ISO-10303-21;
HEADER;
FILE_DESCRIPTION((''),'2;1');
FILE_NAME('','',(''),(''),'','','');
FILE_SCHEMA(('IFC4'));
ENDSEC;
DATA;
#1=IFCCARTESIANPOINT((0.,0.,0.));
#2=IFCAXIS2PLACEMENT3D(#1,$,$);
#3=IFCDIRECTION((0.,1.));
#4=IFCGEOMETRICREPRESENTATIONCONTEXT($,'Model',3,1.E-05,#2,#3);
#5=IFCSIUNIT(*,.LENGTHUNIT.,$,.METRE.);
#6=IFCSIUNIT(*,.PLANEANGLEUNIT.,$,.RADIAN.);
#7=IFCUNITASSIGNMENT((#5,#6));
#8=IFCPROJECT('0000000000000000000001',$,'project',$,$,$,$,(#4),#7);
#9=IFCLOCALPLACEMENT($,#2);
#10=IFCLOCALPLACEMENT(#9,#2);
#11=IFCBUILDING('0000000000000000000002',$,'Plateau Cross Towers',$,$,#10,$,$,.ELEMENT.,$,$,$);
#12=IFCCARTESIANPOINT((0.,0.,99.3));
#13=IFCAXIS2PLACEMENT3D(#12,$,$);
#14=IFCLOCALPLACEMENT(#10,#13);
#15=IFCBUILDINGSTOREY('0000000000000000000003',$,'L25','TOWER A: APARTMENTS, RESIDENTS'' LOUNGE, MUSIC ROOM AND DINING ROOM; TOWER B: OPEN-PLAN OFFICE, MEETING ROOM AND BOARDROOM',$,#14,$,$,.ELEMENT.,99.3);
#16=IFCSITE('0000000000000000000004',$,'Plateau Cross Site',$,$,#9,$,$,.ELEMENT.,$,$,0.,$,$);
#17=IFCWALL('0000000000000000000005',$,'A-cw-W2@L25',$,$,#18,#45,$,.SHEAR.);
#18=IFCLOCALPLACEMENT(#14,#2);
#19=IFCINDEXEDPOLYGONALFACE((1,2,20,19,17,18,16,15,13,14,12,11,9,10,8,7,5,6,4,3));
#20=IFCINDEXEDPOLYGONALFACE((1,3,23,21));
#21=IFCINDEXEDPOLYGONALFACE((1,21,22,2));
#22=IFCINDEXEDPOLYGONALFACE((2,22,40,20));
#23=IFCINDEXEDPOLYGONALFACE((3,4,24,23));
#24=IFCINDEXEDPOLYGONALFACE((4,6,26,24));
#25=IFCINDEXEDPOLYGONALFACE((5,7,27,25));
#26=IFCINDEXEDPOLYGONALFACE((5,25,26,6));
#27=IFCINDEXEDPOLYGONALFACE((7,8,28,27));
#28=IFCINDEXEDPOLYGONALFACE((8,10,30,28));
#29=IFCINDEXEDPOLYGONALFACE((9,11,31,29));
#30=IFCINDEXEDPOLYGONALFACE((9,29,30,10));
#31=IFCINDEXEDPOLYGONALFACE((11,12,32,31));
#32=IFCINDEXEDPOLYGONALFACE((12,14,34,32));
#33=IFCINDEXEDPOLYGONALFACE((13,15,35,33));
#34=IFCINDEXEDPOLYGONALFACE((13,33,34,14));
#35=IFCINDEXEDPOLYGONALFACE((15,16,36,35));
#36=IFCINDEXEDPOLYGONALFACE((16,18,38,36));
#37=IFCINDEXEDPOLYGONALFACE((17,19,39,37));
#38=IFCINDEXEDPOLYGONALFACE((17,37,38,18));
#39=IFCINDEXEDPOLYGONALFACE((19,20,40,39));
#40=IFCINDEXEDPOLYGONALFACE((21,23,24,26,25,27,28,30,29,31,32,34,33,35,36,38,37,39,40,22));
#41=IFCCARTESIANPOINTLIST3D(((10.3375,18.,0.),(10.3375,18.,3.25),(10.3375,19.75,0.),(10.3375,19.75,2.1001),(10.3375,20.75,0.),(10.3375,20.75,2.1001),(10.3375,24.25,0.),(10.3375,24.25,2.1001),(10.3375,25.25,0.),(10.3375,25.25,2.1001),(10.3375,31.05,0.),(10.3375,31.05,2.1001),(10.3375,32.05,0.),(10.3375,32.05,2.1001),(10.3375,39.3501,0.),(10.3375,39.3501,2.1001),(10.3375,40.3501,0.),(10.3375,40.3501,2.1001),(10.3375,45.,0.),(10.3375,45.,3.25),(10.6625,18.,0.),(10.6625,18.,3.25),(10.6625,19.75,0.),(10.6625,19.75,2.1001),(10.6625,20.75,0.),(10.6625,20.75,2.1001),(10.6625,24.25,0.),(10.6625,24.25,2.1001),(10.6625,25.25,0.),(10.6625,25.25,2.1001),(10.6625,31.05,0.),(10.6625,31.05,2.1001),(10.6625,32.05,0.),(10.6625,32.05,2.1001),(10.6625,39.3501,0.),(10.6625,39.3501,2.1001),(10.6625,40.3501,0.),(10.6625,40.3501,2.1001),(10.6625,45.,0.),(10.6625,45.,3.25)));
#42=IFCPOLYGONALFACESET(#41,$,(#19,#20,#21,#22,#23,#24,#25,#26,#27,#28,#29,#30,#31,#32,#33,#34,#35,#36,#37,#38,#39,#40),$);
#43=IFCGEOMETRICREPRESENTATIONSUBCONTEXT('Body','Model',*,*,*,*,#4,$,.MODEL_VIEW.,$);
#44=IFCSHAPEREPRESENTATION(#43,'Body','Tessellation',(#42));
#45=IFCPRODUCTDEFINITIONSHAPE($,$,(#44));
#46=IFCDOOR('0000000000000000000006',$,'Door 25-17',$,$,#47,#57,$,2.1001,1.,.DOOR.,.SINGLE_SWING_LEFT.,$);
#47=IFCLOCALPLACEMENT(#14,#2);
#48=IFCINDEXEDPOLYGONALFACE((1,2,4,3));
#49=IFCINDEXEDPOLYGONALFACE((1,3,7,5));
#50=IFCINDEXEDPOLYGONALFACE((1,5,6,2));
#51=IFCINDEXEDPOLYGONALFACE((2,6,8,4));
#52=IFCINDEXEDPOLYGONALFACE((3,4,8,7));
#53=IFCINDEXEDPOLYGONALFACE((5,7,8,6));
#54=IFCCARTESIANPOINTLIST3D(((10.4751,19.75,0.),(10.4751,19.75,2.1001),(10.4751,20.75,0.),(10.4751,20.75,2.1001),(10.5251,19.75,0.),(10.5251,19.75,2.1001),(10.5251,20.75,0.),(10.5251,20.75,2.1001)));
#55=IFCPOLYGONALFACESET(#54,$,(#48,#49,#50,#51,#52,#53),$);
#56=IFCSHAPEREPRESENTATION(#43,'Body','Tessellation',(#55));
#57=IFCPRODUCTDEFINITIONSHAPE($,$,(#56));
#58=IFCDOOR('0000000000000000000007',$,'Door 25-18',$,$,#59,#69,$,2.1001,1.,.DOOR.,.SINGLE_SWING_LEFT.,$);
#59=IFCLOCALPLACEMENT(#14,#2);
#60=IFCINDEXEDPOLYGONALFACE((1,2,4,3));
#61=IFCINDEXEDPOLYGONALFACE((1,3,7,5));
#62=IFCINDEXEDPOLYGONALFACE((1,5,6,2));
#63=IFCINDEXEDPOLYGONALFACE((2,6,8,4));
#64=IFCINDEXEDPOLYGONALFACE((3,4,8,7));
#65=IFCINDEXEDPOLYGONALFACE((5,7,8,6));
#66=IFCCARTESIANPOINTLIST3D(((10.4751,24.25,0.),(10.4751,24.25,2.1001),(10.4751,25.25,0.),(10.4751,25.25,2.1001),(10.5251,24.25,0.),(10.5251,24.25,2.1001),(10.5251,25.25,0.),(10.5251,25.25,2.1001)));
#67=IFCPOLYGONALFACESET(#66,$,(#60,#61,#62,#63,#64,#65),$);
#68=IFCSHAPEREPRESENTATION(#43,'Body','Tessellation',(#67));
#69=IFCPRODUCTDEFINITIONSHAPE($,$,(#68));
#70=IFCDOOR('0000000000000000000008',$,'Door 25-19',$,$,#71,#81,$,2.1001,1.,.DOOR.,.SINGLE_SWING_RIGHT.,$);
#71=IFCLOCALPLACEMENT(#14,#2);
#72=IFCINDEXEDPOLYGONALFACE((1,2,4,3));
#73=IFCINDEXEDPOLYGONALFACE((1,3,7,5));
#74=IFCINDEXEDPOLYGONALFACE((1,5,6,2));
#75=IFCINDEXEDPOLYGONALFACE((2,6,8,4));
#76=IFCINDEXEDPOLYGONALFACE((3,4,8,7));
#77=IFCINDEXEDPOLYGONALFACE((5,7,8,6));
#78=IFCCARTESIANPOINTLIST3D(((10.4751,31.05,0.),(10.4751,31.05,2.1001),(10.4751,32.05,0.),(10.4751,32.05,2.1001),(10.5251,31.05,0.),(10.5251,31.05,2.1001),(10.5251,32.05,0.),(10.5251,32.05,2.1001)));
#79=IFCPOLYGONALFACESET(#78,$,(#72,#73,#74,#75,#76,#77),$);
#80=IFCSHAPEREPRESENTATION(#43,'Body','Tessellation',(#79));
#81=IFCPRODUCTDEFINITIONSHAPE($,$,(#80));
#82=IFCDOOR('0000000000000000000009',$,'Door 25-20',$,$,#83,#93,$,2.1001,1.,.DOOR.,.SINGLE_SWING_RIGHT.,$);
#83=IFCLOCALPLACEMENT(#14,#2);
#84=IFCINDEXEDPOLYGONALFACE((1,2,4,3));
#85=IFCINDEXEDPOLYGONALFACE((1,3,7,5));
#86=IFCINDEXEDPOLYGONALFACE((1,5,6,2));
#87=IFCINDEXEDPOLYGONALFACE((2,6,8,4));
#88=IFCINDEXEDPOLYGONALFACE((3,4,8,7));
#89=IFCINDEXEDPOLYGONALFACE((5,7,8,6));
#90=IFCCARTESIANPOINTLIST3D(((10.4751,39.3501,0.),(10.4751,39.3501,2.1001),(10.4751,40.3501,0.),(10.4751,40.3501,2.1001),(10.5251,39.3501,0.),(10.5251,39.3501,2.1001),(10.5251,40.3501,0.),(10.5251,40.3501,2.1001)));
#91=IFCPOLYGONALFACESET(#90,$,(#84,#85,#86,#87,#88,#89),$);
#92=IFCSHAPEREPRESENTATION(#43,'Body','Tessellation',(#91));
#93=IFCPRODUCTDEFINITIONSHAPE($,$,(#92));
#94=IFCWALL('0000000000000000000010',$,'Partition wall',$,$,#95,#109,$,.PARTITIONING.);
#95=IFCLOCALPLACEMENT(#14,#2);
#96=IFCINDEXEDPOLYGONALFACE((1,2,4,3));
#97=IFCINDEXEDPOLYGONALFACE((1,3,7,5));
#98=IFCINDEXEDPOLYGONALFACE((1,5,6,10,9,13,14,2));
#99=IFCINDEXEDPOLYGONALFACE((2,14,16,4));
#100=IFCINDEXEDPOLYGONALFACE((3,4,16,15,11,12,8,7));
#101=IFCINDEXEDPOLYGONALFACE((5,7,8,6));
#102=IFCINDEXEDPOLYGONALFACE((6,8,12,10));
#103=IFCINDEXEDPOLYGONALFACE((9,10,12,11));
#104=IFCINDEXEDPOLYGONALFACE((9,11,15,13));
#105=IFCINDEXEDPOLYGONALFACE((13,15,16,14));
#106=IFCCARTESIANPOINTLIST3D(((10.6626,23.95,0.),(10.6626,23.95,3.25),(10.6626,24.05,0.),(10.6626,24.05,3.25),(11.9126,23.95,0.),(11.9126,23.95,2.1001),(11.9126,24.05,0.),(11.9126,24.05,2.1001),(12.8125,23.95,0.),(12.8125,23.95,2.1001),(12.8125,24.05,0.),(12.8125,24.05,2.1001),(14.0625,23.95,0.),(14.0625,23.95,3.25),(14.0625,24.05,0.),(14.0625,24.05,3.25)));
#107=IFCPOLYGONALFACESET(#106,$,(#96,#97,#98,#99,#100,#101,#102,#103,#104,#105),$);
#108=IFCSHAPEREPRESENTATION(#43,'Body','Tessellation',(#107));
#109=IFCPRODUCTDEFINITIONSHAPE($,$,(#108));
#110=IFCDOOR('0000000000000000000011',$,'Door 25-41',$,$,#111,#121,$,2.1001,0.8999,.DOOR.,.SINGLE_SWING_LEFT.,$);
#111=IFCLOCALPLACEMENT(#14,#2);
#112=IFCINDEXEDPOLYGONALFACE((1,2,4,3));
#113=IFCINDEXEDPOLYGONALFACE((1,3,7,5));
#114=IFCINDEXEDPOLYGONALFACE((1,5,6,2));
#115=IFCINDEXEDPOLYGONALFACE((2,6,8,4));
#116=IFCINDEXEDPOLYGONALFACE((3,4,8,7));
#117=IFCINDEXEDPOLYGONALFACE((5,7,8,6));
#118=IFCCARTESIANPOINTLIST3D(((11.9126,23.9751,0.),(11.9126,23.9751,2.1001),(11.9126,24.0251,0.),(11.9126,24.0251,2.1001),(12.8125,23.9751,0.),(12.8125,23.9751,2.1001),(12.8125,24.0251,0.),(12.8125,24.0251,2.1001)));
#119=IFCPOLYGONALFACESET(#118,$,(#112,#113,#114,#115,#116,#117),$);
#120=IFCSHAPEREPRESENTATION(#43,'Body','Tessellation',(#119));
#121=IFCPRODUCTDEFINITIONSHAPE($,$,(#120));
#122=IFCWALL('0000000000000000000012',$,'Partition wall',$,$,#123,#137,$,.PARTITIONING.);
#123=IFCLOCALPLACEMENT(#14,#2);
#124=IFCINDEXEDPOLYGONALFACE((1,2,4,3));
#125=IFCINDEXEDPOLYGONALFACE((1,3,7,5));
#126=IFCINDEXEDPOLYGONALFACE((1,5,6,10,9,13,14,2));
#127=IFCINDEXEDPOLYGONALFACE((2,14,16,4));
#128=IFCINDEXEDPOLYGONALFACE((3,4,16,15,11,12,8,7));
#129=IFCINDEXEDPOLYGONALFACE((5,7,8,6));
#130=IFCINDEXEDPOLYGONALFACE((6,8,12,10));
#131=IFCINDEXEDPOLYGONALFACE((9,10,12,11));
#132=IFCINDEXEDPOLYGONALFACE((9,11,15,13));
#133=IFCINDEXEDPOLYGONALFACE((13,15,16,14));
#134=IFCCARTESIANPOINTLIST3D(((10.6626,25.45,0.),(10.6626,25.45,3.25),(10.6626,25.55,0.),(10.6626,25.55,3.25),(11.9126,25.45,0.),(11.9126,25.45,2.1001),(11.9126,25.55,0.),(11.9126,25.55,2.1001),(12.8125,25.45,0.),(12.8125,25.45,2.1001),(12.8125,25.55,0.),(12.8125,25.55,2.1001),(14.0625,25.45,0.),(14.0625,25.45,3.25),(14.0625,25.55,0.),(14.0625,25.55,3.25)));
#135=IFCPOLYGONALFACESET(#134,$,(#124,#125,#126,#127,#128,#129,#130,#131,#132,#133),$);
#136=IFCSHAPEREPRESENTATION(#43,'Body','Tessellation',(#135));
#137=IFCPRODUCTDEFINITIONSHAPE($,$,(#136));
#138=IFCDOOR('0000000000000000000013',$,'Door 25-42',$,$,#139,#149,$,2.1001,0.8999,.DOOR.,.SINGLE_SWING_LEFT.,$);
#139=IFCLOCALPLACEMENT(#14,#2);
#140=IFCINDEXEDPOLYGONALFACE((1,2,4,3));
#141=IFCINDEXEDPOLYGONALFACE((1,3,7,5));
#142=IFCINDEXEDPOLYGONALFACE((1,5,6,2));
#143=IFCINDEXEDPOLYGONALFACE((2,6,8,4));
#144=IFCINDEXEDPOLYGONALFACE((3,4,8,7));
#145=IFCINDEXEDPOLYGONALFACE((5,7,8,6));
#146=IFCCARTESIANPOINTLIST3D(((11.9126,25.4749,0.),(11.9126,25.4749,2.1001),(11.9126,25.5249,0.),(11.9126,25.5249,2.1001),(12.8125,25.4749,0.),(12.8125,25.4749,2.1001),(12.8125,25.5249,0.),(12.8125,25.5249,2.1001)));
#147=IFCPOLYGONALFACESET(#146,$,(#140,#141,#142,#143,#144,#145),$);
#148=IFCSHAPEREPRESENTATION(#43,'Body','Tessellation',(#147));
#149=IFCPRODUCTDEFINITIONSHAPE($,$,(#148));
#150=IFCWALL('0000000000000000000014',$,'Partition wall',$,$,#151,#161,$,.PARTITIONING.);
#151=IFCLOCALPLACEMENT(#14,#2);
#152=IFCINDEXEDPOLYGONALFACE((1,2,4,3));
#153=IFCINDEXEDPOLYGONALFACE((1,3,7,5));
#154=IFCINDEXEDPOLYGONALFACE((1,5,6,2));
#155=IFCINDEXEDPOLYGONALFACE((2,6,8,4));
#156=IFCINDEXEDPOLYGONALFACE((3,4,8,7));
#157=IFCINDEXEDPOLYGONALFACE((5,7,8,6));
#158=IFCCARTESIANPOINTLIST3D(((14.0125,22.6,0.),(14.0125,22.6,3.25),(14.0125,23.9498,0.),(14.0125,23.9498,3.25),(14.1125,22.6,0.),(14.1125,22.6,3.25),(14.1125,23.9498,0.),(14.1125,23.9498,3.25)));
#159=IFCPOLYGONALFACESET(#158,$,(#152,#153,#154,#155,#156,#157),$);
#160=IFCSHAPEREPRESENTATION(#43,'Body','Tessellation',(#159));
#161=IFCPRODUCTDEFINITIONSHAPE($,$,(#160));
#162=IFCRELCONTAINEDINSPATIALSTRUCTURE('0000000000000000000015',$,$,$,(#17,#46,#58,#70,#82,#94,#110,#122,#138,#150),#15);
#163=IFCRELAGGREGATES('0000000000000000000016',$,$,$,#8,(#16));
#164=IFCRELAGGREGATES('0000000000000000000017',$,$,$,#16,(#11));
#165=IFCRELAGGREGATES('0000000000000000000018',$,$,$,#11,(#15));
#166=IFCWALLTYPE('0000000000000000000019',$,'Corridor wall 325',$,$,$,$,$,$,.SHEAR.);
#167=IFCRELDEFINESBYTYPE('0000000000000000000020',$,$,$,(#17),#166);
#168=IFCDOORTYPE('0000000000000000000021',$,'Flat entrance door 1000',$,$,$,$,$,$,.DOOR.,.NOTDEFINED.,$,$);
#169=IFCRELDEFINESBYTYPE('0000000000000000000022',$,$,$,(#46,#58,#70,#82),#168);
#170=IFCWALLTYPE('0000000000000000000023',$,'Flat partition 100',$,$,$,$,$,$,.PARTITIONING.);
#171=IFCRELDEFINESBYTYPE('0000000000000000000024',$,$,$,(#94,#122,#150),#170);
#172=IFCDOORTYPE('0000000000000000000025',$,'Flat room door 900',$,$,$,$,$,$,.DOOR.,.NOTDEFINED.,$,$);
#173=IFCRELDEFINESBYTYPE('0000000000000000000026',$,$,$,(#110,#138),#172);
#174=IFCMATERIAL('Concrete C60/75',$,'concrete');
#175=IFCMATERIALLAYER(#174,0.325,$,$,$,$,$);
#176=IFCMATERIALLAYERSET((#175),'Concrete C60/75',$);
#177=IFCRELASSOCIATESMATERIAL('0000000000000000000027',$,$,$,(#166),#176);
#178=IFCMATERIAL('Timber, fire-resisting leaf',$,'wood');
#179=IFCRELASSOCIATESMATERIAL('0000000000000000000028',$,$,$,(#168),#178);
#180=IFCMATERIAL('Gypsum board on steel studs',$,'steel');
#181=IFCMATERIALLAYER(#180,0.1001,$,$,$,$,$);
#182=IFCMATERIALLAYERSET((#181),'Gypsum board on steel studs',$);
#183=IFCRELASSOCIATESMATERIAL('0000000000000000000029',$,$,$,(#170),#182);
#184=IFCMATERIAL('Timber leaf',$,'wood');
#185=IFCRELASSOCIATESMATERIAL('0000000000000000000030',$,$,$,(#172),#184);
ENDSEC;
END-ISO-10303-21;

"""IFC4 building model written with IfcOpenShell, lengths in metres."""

from ifc_helpers import new_model, si_unit, direction, frame, frame_2d, origin, place, context, subcontext, project, spatial, rectangle, extrude, material, layer, layer_set, type_object, element, fill, save


model = new_model("IFC4")

# Units and contexts
model_context = context("Model", 3, precision=1e-05, world=origin(), true_north=direction((0.0, 1.0)))
body_context = subcontext(model_context, "Body", "Model", "MODEL_VIEW")
ifc_project = project(units=[si_unit("LENGTHUNIT", "METRE"), si_unit("PLANEANGLEUNIT", "RADIAN")], contexts=[model_context])

# Site, building, storey
site_placement = place(None, origin())
site = spatial("IfcSite", under=ifc_project, at=site_placement, Name="Plateau Cross Site", CompositionType="ELEMENT", RefElevation=0.0)
building_placement = place(site_placement, origin())
building = spatial("IfcBuilding", under=site, at=building_placement, Name="Plateau Cross Towers", CompositionType="ELEMENT")
storey_placement = place(building_placement, frame((0.0, 0.0, 99.3)))
storey = spatial("IfcBuildingStorey", under=building, at=storey_placement, Name="L25", Description="TOWER A: APARTMENTS, RESIDENTS' LOUNGE, MUSIC ROOM AND DINING ROOM; TOWER B: OPEN-PLAN OFFICE, MEETING ROOM AND BOARDROOM", CompositionType="ELEMENT", Elevation=99.3)

# Shared definitions
ifc_material_1 = material(Name="Concrete C60/75", Category="concrete")

# Wall, openings, doors
ifc_layer_1 = layer(ifc_material_1, 0.325)
ifc_layer_set_1 = layer_set([ifc_layer_1], Name="Concrete C60/75")
wall_type_1 = type_object("IfcWallType", Name="Corridor wall 325", PredefinedType="SHEAR", material=ifc_layer_set_1)
wall_1_placement = place(storey_placement, frame((10.5, 18.0, 0.0), z_axis=(0.0, 0.0, 1.0), x_axis=(0.0, 1.0, 0.0)))
wall_1 = element("IfcWall", 1, at=wall_1_placement, inside=storey, type_object=wall_type_1, Name="A-cw-W2@L25", PredefinedType="SHEAR", context=body_context, shape_type="SweptSolid", body=[
    extrude(rectangle(XDim=27.0, YDim=0.325, at=frame_2d((13.5, 0.0))), origin(), (0.0, 0.0, 1.0), 3.25),
])
opening_1_placement = place(wall_1_placement, frame((1.75, 0.0, 0.0)))
opening_1 = element("IfcOpeningElement", 2, at=opening_1_placement, cuts=wall_1, PredefinedType="OPENING", context=body_context, shape_type="SweptSolid", body=[
    extrude(rectangle(XDim=1.0, YDim=2.1001, at=frame_2d((0.5, 1.05))), frame((0.0, 0.1724, 0.0), z_axis=(0.0, -1.0, 0.0), x_axis=(1.0, 0.0, 0.0)), (0.0, 0.0, 1.0), 0.345),
])
opening_2_placement = place(wall_1_placement, frame((6.25, 0.0, 0.0)))
opening_2 = element("IfcOpeningElement", 3, at=opening_2_placement, cuts=wall_1, PredefinedType="OPENING", context=body_context, shape_type="SweptSolid", body=[
    extrude(rectangle(XDim=1.0, YDim=2.1001, at=frame_2d((0.5, 1.05))), frame((0.0, 0.1724, 0.0), z_axis=(0.0, -1.0, 0.0), x_axis=(1.0, 0.0, 0.0)), (0.0, 0.0, 1.0), 0.345),
])
opening_3_placement = place(wall_1_placement, frame((13.05, 0.0, 0.0)))
opening_3 = element("IfcOpeningElement", 4, at=opening_3_placement, cuts=wall_1, PredefinedType="OPENING", context=body_context, shape_type="SweptSolid", body=[
    extrude(rectangle(XDim=1.0, YDim=2.1001, at=frame_2d((0.5, 1.05))), frame((0.0, 0.1724, 0.0), z_axis=(0.0, -1.0, 0.0), x_axis=(1.0, 0.0, 0.0)), (0.0, 0.0, 1.0), 0.345),
])
opening_4_placement = place(wall_1_placement, frame((21.3501, 0.0, 0.0)))
opening_4 = element("IfcOpeningElement", 5, at=opening_4_placement, cuts=wall_1, PredefinedType="OPENING", context=body_context, shape_type="SweptSolid", body=[
    extrude(rectangle(XDim=1.0, YDim=2.1001, at=frame_2d((0.5, 1.05))), frame((0.0, 0.1724, 0.0), z_axis=(0.0, -1.0, 0.0), x_axis=(1.0, 0.0, 0.0)), (0.0, 0.0, 1.0), 0.345),
])
ifc_material_2 = material(Name="Timber, fire-resisting leaf", Category="wood")
door_type_1 = type_object("IfcDoorType", Name="Flat entrance door 1000", OperationType="NOTDEFINED", PredefinedType="DOOR", material=ifc_material_2)
door_1_placement = place(opening_1_placement, origin())
door_1 = element("IfcDoor", 6, at=door_1_placement, inside=storey, type_object=door_type_1, Name="Door 25-17", OperationType="SINGLE_SWING_LEFT", OverallHeight=2.1001, OverallWidth=1.0, PredefinedType="DOOR", context=body_context, shape_type="SweptSolid", body=[
    extrude(rectangle(XDim=1.0, YDim=2.1001, at=frame_2d((0.5, 1.05))), frame((0.0, 0.0249, 0.0), z_axis=(0.0, -1.0, 0.0), x_axis=(1.0, 0.0, 0.0)), (0.0, 0.0, 1.0), 0.05),
])
fill(opening_1, door_1)
door_2_placement = place(opening_2_placement, origin())
door_2 = element("IfcDoor", 7, at=door_2_placement, inside=storey, type_object=door_type_1, Name="Door 25-18", OperationType="SINGLE_SWING_LEFT", OverallHeight=2.1001, OverallWidth=1.0, PredefinedType="DOOR", context=body_context, shape_type="SweptSolid", body=[
    extrude(rectangle(XDim=1.0, YDim=2.1001, at=frame_2d((0.5, 1.05))), frame((0.0, 0.0249, 0.0), z_axis=(0.0, -1.0, 0.0), x_axis=(1.0, 0.0, 0.0)), (0.0, 0.0, 1.0), 0.05),
])
fill(opening_2, door_2)
door_3_placement = place(opening_3_placement, origin())
door_3 = element("IfcDoor", 8, at=door_3_placement, inside=storey, type_object=door_type_1, Name="Door 25-19", OperationType="SINGLE_SWING_RIGHT", OverallHeight=2.1001, OverallWidth=1.0, PredefinedType="DOOR", context=body_context, shape_type="SweptSolid", body=[
    extrude(rectangle(XDim=1.0, YDim=2.1001, at=frame_2d((0.5, 1.05))), frame((0.0, 0.0249, 0.0), z_axis=(0.0, -1.0, 0.0), x_axis=(1.0, 0.0, 0.0)), (0.0, 0.0, 1.0), 0.05),
])
fill(opening_3, door_3)
door_4_placement = place(opening_4_placement, origin())
door_4 = element("IfcDoor", 9, at=door_4_placement, inside=storey, type_object=door_type_1, Name="Door 25-20", OperationType="SINGLE_SWING_RIGHT", OverallHeight=2.1001, OverallWidth=1.0, PredefinedType="DOOR", context=body_context, shape_type="SweptSolid", body=[
    extrude(rectangle(XDim=1.0, YDim=2.1001, at=frame_2d((0.5, 1.05))), frame((0.0, 0.0249, 0.0), z_axis=(0.0, -1.0, 0.0), x_axis=(1.0, 0.0, 0.0)), (0.0, 0.0, 1.0), 0.05),
])
fill(opening_4, door_4)

# Walls, openings, doors
ifc_material_3 = material(Name="Gypsum board on steel studs", Category="steel")
ifc_layer_2 = layer(ifc_material_3, 0.1001)
ifc_layer_set_2 = layer_set([ifc_layer_2], Name="Gypsum board on steel studs")
wall_type_2 = type_object("IfcWallType", Name="Flat partition 100", PredefinedType="PARTITIONING", material=ifc_layer_set_2)
wall_2_placement = place(storey_placement, frame((14.0625, 24.0, 0.0), z_axis=(0.0, 0.0, 1.0), x_axis=(-1.0, 0.0, 0.0)))
wall_2 = element("IfcWall", 10, at=wall_2_placement, inside=storey, type_object=wall_type_2, Name="Partition wall", PredefinedType="PARTITIONING", context=body_context, shape_type="SweptSolid", body=[
    extrude(rectangle(XDim=3.3999, YDim=0.1001, at=frame_2d((1.7, 0.0))), origin(), (0.0, 0.0, 1.0), 3.25),
])
opening_5_placement = place(wall_2_placement, frame((1.25, 0.0, 0.0)))
opening_5 = element("IfcOpeningElement", 11, at=opening_5_placement, cuts=wall_2, PredefinedType="OPENING", context=body_context, shape_type="SweptSolid", body=[
    extrude(rectangle(XDim=0.8999, YDim=2.1001, at=frame_2d((0.45, 1.05))), frame((0.0, 0.0601, 0.0), z_axis=(0.0, -1.0, 0.0), x_axis=(1.0, 0.0, 0.0)), (0.0, 0.0, 1.0), 0.1201),
])
ifc_material_4 = material(Name="Timber leaf", Category="wood")
door_type_2 = type_object("IfcDoorType", Name="Flat room door 900", OperationType="NOTDEFINED", PredefinedType="DOOR", material=ifc_material_4)
door_5_placement = place(opening_5_placement, origin())
door_5 = element("IfcDoor", 12, at=door_5_placement, inside=storey, type_object=door_type_2, Name="Door 25-41", OperationType="SINGLE_SWING_LEFT", OverallHeight=2.1001, OverallWidth=0.8999, PredefinedType="DOOR", context=body_context, shape_type="SweptSolid", body=[
    extrude(rectangle(XDim=0.8999, YDim=2.1001, at=frame_2d((0.45, 1.05))), frame((0.0, 0.0249, 0.0), z_axis=(0.0, -1.0, 0.0), x_axis=(1.0, 0.0, 0.0)), (0.0, 0.0, 1.0), 0.05),
])
fill(opening_5, door_5)
wall_3_placement = place(storey_placement, frame((10.6626, 25.5, 0.0), z_axis=(0.0, 0.0, 1.0), x_axis=(1.0, 0.0, 0.0)))
wall_3 = element("IfcWall", 13, at=wall_3_placement, inside=storey, type_object=wall_type_2, Name="Partition wall", PredefinedType="PARTITIONING", context=body_context, shape_type="SweptSolid", body=[
    extrude(rectangle(XDim=3.3999, YDim=0.1001, at=frame_2d((1.7, 0.0))), origin(), (0.0, 0.0, 1.0), 3.25),
])
opening_6_placement = place(wall_3_placement, frame((1.25, 0.0, 0.0)))
opening_6 = element("IfcOpeningElement", 14, at=opening_6_placement, cuts=wall_3, PredefinedType="OPENING", context=body_context, shape_type="SweptSolid", body=[
    extrude(rectangle(XDim=0.8999, YDim=2.1001, at=frame_2d((0.45, 1.05))), frame((0.0, 0.0601, 0.0), z_axis=(0.0, -1.0, 0.0), x_axis=(1.0, 0.0, 0.0)), (0.0, 0.0, 1.0), 0.1201),
])
door_6_placement = place(opening_6_placement, origin())
door_6 = element("IfcDoor", 15, at=door_6_placement, inside=storey, type_object=door_type_2, Name="Door 25-42", OperationType="SINGLE_SWING_LEFT", OverallHeight=2.1001, OverallWidth=0.8999, PredefinedType="DOOR", context=body_context, shape_type="SweptSolid", body=[
    extrude(rectangle(XDim=0.8999, YDim=2.1001, at=frame_2d((0.45, 1.05))), frame((0.0, 0.0249, 0.0), z_axis=(0.0, -1.0, 0.0), x_axis=(1.0, 0.0, 0.0)), (0.0, 0.0, 1.0), 0.05),
])
fill(opening_6, door_6)

# Wall
for number, where, z_axis, x_axis, name in (
    (16, (14.0625, 22.6001, 0.0), (0.0, 0.0, 1.0), (0.0, 1.0, 0.0), "Partition wall"),
):
    element("IfcWall", number, at=place(storey_placement, frame(where, z_axis=z_axis, x_axis=x_axis)), inside=storey, type_object=wall_type_2, Name=name, PredefinedType="PARTITIONING", context=body_context, shape_type="SweptSolid", body=[
        extrude(rectangle(XDim=1.3499, YDim=0.1001, at=frame_2d((0.6748, 0.0))), origin(), (0.0, 0.0, 1.0), 3.25),
    ])

save(model, "model.ifc")
